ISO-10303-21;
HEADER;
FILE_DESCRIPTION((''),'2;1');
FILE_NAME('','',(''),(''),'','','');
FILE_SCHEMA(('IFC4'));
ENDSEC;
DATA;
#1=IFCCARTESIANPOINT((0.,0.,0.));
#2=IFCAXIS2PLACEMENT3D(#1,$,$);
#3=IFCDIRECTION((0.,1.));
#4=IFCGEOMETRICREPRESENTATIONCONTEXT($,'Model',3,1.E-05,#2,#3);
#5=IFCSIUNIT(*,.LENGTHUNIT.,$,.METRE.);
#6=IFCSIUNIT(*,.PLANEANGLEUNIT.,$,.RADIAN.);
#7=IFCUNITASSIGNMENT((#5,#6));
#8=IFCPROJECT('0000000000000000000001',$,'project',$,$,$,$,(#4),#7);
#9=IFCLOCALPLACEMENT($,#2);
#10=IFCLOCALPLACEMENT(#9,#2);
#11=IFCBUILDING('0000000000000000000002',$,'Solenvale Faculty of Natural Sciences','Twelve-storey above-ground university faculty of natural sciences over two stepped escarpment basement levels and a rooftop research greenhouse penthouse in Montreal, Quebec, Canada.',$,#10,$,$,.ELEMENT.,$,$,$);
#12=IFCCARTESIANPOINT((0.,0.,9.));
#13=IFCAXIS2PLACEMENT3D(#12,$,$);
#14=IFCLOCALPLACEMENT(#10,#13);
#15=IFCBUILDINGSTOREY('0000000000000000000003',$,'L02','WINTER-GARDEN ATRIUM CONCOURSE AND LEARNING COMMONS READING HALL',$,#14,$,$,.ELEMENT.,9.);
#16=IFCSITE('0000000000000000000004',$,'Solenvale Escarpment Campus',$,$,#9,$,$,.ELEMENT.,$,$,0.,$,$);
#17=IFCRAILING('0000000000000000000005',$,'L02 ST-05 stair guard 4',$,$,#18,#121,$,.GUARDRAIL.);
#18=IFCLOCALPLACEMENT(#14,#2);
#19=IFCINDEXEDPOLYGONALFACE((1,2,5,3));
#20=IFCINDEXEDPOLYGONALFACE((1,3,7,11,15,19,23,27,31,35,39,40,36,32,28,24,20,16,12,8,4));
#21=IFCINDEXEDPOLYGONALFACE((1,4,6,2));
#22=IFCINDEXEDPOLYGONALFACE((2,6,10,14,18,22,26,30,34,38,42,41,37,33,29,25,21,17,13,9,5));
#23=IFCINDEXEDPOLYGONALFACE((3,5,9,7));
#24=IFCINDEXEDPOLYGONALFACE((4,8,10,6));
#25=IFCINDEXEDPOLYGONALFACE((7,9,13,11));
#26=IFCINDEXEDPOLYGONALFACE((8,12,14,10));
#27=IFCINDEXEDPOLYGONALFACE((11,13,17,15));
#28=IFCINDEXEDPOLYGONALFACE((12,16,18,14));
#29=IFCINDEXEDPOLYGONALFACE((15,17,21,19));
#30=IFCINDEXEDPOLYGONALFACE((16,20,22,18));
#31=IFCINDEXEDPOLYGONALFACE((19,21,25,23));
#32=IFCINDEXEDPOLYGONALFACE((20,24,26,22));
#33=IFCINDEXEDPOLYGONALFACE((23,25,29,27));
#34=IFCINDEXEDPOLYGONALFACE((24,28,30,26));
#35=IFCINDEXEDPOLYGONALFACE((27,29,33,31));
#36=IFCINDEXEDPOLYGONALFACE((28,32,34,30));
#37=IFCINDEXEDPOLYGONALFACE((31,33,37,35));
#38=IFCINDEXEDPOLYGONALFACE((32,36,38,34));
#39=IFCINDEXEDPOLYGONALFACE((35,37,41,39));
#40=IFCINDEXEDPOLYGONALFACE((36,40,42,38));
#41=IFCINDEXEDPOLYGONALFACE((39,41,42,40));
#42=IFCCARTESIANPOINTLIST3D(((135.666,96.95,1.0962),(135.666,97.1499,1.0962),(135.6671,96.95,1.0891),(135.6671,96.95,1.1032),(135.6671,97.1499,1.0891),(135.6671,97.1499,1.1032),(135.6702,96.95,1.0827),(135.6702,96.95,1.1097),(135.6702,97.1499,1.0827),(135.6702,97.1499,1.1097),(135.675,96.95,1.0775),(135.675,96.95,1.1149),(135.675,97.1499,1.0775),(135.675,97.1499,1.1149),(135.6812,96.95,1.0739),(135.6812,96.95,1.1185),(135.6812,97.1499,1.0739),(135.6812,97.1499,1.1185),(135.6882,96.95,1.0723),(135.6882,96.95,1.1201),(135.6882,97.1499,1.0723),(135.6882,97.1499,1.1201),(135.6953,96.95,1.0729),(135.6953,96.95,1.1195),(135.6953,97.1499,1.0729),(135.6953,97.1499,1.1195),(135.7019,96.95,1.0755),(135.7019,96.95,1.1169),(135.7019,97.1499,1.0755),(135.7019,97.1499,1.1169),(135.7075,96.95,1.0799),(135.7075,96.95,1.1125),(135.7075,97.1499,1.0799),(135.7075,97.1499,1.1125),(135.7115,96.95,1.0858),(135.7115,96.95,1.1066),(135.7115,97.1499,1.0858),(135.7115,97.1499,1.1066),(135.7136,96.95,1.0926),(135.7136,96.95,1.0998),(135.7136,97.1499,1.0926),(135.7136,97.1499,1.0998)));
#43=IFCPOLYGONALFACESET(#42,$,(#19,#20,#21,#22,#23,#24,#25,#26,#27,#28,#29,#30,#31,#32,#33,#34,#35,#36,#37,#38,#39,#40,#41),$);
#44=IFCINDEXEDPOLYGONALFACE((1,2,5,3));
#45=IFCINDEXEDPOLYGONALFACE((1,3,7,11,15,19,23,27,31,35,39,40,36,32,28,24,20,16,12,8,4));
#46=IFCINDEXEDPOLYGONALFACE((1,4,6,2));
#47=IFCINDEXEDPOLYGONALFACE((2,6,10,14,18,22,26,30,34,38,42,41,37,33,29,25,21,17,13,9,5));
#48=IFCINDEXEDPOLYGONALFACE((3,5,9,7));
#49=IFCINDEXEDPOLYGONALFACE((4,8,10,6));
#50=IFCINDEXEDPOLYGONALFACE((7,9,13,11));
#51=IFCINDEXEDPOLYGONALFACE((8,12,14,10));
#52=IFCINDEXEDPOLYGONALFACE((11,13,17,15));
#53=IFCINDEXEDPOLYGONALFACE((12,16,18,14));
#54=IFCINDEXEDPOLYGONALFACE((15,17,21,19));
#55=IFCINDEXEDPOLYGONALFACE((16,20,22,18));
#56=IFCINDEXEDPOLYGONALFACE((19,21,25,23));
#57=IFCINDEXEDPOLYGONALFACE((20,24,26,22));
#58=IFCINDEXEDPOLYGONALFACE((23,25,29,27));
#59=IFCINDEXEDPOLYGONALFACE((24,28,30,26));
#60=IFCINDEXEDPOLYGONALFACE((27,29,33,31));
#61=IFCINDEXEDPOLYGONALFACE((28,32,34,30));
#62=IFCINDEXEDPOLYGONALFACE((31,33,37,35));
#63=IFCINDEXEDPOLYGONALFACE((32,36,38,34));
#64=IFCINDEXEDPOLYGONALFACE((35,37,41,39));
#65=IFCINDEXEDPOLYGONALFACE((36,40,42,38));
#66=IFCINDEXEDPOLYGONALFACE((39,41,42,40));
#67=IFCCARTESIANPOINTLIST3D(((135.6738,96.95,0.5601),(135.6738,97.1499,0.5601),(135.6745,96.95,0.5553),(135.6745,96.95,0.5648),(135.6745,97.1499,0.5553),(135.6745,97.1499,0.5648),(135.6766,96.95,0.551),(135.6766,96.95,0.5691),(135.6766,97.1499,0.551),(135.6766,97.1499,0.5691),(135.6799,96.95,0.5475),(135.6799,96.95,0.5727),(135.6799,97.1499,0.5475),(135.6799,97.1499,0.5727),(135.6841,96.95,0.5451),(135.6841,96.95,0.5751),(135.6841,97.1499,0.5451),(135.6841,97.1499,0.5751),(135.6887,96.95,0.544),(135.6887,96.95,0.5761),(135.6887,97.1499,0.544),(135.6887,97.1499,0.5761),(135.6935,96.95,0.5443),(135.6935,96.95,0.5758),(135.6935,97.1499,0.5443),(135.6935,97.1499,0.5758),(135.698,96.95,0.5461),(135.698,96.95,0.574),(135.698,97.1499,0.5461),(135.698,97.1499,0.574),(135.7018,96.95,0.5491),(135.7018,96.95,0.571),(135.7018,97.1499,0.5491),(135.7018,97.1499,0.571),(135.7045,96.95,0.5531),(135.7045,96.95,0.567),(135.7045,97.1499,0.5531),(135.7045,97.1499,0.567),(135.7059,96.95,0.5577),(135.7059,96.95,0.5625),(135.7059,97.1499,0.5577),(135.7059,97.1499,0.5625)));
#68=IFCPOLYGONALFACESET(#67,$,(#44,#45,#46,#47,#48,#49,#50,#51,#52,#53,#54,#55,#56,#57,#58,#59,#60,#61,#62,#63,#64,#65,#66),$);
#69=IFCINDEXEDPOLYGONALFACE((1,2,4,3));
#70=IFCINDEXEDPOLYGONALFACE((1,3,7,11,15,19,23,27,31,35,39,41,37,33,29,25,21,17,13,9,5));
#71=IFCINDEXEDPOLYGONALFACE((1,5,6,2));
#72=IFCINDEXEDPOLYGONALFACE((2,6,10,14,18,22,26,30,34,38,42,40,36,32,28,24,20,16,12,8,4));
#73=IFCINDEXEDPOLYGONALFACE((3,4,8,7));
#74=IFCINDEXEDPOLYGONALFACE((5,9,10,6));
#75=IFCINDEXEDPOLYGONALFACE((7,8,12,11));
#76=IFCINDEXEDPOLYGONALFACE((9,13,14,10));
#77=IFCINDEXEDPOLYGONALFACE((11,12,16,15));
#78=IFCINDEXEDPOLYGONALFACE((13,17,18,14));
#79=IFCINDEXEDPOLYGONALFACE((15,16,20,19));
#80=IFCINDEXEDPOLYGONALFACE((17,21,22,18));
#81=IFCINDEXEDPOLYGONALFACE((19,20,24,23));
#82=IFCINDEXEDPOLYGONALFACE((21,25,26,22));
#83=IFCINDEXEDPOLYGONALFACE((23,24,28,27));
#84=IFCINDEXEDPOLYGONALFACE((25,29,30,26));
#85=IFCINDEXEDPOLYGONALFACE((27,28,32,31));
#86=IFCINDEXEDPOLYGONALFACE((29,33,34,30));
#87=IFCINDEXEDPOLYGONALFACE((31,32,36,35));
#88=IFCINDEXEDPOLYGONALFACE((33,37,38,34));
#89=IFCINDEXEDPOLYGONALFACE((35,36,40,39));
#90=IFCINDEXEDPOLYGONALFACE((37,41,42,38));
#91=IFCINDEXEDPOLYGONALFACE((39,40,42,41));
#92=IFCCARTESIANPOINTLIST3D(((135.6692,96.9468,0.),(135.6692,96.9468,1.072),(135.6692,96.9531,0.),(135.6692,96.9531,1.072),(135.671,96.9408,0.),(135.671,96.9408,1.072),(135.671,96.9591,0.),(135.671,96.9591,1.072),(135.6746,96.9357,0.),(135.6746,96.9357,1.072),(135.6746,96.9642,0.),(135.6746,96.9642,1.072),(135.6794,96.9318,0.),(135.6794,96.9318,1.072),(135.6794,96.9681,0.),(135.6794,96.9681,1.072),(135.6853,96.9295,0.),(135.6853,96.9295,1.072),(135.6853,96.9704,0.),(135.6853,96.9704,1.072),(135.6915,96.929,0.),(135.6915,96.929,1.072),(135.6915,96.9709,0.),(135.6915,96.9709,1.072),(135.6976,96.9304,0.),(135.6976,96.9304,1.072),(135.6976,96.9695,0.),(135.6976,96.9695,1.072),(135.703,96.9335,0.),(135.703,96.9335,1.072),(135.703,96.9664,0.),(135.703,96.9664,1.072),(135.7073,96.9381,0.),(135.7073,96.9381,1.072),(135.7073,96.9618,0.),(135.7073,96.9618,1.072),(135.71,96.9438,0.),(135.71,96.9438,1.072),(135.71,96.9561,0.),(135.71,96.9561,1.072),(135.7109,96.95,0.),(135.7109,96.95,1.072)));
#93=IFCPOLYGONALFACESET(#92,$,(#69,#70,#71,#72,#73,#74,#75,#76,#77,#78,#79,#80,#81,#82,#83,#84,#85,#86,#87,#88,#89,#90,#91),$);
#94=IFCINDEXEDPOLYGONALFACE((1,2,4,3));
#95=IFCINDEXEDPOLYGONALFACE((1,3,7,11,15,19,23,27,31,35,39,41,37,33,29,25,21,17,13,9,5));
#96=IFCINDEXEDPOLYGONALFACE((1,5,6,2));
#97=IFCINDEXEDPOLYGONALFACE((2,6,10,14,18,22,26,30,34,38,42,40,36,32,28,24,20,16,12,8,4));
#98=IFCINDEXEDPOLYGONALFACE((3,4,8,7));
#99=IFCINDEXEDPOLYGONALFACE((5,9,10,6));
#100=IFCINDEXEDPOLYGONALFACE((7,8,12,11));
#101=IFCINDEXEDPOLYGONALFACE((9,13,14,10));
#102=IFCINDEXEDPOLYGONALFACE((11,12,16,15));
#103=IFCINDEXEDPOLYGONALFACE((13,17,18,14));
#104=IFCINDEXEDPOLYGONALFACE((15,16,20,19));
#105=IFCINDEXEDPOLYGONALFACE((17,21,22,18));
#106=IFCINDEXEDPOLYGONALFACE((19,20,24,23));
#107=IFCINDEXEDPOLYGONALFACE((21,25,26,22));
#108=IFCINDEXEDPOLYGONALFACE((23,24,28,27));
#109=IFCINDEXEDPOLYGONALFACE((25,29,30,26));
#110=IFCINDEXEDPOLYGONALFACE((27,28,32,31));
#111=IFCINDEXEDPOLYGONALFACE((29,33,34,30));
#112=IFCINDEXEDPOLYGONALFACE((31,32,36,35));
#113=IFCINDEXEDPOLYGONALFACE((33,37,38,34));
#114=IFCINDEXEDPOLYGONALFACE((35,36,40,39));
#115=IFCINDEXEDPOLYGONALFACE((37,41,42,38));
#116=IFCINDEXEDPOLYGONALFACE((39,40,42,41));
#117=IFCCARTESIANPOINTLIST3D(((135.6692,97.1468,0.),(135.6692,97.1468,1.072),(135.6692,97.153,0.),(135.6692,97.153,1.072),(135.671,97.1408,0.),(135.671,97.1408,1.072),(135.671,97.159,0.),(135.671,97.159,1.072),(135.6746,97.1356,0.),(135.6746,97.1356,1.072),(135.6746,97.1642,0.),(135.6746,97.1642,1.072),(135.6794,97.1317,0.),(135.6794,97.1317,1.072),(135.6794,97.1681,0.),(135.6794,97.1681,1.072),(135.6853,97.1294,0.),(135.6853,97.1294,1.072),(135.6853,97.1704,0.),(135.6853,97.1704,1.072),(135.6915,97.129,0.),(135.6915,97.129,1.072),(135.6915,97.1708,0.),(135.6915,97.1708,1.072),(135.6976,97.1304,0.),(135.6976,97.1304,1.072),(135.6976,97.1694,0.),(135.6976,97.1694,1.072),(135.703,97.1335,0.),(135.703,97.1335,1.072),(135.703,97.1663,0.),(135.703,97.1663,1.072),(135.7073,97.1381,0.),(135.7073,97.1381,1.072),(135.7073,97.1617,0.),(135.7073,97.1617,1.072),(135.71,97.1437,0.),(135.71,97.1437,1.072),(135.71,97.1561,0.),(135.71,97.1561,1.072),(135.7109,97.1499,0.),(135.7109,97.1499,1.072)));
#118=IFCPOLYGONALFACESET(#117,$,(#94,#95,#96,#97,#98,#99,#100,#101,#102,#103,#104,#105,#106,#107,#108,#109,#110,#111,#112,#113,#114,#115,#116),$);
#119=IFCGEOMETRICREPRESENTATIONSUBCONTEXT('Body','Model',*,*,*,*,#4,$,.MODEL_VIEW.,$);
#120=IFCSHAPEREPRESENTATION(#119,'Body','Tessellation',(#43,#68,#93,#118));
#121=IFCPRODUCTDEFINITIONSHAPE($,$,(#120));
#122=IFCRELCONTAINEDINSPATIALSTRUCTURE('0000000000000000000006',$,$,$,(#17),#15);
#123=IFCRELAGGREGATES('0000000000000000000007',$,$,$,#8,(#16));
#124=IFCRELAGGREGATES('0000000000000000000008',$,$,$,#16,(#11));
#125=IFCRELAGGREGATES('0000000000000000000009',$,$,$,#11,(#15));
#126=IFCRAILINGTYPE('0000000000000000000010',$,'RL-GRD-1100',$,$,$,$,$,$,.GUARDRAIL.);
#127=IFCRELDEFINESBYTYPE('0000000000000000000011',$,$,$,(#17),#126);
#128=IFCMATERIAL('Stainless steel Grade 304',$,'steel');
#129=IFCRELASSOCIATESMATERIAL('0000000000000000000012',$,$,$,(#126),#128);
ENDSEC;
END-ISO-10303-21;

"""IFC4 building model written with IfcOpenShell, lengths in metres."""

from ifc_helpers import new_model, si_unit, direction, frame, origin, origin_2d, place, context, subcontext, project, spatial, circle, extrude, material, type_object, element, save


model = new_model("IFC4")

# Units and contexts
model_context = context("Model", 3, precision=1e-05, world=origin(), true_north=direction((0.0, 1.0)))
body_context = subcontext(model_context, "Body", "Model", "MODEL_VIEW")
ifc_project = project(units=[si_unit("LENGTHUNIT", "METRE"), si_unit("PLANEANGLEUNIT", "RADIAN")], contexts=[model_context])

# Site, building, storey
site_placement = place(None, origin())
site = spatial("IfcSite", under=ifc_project, at=site_placement, Name="Solenvale Escarpment Campus", CompositionType="ELEMENT", RefElevation=0.0)
building_placement = place(site_placement, origin())
building = spatial("IfcBuilding", under=site, at=building_placement, Name="Solenvale Faculty of Natural Sciences", Description="Twelve-storey above-ground university faculty of natural sciences over two stepped escarpment basement levels and a rooftop research greenhouse penthouse in Montreal, Quebec, Canada.", CompositionType="ELEMENT")
storey_placement = place(building_placement, frame((0.0, 0.0, 9.0)))
storey = spatial("IfcBuildingStorey", under=building, at=storey_placement, Name="L02", Description="WINTER-GARDEN ATRIUM CONCOURSE AND LEARNING COMMONS READING HALL", CompositionType="ELEMENT", Elevation=9.0)

# Shared definitions
ifc_material_1 = material(Name="Stainless steel Grade 304", Category="steel")

# Railing
railing_type = type_object("IfcRailingType", Name="RL-GRD-1100", PredefinedType="GUARDRAIL", material=ifc_material_1)
railing_1_placement = place(storey_placement, frame((135.6899, 96.95, 0.0)))
element("IfcRailing", 1, at=railing_1_placement, inside=storey, type_object=railing_type, Name="L02 ST-05 stair guard 4", PredefinedType="GUARDRAIL", context=body_context, shape_type="SweptSolid", body=[
    extrude(circle(Radius=0.0239, at=origin_2d()), frame((0.0, 0.0, 1.0962), z_axis=(0.0, 1.0, 0.0), x_axis=(-1.0, 0.0, 0.0)), (0.0, 0.0, 1.0), 0.2),
    extrude(circle(Radius=0.0161, at=origin_2d()), frame((0.0, 0.0, 0.5601), z_axis=(0.0, 1.0, 0.0), x_axis=(-1.0, 0.0, 0.0)), (0.0, 0.0, 1.0), 0.2),
    extrude(circle(Radius=0.021, at=origin_2d()), origin(), (0.0, 0.0, 1.0), 1.072),
    extrude(circle(Radius=0.021, at=origin_2d()), frame((0.0, 0.2, 0.0)), (0.0, 0.0, 1.0), 1.072),
])

save(model, "model.ifc")
